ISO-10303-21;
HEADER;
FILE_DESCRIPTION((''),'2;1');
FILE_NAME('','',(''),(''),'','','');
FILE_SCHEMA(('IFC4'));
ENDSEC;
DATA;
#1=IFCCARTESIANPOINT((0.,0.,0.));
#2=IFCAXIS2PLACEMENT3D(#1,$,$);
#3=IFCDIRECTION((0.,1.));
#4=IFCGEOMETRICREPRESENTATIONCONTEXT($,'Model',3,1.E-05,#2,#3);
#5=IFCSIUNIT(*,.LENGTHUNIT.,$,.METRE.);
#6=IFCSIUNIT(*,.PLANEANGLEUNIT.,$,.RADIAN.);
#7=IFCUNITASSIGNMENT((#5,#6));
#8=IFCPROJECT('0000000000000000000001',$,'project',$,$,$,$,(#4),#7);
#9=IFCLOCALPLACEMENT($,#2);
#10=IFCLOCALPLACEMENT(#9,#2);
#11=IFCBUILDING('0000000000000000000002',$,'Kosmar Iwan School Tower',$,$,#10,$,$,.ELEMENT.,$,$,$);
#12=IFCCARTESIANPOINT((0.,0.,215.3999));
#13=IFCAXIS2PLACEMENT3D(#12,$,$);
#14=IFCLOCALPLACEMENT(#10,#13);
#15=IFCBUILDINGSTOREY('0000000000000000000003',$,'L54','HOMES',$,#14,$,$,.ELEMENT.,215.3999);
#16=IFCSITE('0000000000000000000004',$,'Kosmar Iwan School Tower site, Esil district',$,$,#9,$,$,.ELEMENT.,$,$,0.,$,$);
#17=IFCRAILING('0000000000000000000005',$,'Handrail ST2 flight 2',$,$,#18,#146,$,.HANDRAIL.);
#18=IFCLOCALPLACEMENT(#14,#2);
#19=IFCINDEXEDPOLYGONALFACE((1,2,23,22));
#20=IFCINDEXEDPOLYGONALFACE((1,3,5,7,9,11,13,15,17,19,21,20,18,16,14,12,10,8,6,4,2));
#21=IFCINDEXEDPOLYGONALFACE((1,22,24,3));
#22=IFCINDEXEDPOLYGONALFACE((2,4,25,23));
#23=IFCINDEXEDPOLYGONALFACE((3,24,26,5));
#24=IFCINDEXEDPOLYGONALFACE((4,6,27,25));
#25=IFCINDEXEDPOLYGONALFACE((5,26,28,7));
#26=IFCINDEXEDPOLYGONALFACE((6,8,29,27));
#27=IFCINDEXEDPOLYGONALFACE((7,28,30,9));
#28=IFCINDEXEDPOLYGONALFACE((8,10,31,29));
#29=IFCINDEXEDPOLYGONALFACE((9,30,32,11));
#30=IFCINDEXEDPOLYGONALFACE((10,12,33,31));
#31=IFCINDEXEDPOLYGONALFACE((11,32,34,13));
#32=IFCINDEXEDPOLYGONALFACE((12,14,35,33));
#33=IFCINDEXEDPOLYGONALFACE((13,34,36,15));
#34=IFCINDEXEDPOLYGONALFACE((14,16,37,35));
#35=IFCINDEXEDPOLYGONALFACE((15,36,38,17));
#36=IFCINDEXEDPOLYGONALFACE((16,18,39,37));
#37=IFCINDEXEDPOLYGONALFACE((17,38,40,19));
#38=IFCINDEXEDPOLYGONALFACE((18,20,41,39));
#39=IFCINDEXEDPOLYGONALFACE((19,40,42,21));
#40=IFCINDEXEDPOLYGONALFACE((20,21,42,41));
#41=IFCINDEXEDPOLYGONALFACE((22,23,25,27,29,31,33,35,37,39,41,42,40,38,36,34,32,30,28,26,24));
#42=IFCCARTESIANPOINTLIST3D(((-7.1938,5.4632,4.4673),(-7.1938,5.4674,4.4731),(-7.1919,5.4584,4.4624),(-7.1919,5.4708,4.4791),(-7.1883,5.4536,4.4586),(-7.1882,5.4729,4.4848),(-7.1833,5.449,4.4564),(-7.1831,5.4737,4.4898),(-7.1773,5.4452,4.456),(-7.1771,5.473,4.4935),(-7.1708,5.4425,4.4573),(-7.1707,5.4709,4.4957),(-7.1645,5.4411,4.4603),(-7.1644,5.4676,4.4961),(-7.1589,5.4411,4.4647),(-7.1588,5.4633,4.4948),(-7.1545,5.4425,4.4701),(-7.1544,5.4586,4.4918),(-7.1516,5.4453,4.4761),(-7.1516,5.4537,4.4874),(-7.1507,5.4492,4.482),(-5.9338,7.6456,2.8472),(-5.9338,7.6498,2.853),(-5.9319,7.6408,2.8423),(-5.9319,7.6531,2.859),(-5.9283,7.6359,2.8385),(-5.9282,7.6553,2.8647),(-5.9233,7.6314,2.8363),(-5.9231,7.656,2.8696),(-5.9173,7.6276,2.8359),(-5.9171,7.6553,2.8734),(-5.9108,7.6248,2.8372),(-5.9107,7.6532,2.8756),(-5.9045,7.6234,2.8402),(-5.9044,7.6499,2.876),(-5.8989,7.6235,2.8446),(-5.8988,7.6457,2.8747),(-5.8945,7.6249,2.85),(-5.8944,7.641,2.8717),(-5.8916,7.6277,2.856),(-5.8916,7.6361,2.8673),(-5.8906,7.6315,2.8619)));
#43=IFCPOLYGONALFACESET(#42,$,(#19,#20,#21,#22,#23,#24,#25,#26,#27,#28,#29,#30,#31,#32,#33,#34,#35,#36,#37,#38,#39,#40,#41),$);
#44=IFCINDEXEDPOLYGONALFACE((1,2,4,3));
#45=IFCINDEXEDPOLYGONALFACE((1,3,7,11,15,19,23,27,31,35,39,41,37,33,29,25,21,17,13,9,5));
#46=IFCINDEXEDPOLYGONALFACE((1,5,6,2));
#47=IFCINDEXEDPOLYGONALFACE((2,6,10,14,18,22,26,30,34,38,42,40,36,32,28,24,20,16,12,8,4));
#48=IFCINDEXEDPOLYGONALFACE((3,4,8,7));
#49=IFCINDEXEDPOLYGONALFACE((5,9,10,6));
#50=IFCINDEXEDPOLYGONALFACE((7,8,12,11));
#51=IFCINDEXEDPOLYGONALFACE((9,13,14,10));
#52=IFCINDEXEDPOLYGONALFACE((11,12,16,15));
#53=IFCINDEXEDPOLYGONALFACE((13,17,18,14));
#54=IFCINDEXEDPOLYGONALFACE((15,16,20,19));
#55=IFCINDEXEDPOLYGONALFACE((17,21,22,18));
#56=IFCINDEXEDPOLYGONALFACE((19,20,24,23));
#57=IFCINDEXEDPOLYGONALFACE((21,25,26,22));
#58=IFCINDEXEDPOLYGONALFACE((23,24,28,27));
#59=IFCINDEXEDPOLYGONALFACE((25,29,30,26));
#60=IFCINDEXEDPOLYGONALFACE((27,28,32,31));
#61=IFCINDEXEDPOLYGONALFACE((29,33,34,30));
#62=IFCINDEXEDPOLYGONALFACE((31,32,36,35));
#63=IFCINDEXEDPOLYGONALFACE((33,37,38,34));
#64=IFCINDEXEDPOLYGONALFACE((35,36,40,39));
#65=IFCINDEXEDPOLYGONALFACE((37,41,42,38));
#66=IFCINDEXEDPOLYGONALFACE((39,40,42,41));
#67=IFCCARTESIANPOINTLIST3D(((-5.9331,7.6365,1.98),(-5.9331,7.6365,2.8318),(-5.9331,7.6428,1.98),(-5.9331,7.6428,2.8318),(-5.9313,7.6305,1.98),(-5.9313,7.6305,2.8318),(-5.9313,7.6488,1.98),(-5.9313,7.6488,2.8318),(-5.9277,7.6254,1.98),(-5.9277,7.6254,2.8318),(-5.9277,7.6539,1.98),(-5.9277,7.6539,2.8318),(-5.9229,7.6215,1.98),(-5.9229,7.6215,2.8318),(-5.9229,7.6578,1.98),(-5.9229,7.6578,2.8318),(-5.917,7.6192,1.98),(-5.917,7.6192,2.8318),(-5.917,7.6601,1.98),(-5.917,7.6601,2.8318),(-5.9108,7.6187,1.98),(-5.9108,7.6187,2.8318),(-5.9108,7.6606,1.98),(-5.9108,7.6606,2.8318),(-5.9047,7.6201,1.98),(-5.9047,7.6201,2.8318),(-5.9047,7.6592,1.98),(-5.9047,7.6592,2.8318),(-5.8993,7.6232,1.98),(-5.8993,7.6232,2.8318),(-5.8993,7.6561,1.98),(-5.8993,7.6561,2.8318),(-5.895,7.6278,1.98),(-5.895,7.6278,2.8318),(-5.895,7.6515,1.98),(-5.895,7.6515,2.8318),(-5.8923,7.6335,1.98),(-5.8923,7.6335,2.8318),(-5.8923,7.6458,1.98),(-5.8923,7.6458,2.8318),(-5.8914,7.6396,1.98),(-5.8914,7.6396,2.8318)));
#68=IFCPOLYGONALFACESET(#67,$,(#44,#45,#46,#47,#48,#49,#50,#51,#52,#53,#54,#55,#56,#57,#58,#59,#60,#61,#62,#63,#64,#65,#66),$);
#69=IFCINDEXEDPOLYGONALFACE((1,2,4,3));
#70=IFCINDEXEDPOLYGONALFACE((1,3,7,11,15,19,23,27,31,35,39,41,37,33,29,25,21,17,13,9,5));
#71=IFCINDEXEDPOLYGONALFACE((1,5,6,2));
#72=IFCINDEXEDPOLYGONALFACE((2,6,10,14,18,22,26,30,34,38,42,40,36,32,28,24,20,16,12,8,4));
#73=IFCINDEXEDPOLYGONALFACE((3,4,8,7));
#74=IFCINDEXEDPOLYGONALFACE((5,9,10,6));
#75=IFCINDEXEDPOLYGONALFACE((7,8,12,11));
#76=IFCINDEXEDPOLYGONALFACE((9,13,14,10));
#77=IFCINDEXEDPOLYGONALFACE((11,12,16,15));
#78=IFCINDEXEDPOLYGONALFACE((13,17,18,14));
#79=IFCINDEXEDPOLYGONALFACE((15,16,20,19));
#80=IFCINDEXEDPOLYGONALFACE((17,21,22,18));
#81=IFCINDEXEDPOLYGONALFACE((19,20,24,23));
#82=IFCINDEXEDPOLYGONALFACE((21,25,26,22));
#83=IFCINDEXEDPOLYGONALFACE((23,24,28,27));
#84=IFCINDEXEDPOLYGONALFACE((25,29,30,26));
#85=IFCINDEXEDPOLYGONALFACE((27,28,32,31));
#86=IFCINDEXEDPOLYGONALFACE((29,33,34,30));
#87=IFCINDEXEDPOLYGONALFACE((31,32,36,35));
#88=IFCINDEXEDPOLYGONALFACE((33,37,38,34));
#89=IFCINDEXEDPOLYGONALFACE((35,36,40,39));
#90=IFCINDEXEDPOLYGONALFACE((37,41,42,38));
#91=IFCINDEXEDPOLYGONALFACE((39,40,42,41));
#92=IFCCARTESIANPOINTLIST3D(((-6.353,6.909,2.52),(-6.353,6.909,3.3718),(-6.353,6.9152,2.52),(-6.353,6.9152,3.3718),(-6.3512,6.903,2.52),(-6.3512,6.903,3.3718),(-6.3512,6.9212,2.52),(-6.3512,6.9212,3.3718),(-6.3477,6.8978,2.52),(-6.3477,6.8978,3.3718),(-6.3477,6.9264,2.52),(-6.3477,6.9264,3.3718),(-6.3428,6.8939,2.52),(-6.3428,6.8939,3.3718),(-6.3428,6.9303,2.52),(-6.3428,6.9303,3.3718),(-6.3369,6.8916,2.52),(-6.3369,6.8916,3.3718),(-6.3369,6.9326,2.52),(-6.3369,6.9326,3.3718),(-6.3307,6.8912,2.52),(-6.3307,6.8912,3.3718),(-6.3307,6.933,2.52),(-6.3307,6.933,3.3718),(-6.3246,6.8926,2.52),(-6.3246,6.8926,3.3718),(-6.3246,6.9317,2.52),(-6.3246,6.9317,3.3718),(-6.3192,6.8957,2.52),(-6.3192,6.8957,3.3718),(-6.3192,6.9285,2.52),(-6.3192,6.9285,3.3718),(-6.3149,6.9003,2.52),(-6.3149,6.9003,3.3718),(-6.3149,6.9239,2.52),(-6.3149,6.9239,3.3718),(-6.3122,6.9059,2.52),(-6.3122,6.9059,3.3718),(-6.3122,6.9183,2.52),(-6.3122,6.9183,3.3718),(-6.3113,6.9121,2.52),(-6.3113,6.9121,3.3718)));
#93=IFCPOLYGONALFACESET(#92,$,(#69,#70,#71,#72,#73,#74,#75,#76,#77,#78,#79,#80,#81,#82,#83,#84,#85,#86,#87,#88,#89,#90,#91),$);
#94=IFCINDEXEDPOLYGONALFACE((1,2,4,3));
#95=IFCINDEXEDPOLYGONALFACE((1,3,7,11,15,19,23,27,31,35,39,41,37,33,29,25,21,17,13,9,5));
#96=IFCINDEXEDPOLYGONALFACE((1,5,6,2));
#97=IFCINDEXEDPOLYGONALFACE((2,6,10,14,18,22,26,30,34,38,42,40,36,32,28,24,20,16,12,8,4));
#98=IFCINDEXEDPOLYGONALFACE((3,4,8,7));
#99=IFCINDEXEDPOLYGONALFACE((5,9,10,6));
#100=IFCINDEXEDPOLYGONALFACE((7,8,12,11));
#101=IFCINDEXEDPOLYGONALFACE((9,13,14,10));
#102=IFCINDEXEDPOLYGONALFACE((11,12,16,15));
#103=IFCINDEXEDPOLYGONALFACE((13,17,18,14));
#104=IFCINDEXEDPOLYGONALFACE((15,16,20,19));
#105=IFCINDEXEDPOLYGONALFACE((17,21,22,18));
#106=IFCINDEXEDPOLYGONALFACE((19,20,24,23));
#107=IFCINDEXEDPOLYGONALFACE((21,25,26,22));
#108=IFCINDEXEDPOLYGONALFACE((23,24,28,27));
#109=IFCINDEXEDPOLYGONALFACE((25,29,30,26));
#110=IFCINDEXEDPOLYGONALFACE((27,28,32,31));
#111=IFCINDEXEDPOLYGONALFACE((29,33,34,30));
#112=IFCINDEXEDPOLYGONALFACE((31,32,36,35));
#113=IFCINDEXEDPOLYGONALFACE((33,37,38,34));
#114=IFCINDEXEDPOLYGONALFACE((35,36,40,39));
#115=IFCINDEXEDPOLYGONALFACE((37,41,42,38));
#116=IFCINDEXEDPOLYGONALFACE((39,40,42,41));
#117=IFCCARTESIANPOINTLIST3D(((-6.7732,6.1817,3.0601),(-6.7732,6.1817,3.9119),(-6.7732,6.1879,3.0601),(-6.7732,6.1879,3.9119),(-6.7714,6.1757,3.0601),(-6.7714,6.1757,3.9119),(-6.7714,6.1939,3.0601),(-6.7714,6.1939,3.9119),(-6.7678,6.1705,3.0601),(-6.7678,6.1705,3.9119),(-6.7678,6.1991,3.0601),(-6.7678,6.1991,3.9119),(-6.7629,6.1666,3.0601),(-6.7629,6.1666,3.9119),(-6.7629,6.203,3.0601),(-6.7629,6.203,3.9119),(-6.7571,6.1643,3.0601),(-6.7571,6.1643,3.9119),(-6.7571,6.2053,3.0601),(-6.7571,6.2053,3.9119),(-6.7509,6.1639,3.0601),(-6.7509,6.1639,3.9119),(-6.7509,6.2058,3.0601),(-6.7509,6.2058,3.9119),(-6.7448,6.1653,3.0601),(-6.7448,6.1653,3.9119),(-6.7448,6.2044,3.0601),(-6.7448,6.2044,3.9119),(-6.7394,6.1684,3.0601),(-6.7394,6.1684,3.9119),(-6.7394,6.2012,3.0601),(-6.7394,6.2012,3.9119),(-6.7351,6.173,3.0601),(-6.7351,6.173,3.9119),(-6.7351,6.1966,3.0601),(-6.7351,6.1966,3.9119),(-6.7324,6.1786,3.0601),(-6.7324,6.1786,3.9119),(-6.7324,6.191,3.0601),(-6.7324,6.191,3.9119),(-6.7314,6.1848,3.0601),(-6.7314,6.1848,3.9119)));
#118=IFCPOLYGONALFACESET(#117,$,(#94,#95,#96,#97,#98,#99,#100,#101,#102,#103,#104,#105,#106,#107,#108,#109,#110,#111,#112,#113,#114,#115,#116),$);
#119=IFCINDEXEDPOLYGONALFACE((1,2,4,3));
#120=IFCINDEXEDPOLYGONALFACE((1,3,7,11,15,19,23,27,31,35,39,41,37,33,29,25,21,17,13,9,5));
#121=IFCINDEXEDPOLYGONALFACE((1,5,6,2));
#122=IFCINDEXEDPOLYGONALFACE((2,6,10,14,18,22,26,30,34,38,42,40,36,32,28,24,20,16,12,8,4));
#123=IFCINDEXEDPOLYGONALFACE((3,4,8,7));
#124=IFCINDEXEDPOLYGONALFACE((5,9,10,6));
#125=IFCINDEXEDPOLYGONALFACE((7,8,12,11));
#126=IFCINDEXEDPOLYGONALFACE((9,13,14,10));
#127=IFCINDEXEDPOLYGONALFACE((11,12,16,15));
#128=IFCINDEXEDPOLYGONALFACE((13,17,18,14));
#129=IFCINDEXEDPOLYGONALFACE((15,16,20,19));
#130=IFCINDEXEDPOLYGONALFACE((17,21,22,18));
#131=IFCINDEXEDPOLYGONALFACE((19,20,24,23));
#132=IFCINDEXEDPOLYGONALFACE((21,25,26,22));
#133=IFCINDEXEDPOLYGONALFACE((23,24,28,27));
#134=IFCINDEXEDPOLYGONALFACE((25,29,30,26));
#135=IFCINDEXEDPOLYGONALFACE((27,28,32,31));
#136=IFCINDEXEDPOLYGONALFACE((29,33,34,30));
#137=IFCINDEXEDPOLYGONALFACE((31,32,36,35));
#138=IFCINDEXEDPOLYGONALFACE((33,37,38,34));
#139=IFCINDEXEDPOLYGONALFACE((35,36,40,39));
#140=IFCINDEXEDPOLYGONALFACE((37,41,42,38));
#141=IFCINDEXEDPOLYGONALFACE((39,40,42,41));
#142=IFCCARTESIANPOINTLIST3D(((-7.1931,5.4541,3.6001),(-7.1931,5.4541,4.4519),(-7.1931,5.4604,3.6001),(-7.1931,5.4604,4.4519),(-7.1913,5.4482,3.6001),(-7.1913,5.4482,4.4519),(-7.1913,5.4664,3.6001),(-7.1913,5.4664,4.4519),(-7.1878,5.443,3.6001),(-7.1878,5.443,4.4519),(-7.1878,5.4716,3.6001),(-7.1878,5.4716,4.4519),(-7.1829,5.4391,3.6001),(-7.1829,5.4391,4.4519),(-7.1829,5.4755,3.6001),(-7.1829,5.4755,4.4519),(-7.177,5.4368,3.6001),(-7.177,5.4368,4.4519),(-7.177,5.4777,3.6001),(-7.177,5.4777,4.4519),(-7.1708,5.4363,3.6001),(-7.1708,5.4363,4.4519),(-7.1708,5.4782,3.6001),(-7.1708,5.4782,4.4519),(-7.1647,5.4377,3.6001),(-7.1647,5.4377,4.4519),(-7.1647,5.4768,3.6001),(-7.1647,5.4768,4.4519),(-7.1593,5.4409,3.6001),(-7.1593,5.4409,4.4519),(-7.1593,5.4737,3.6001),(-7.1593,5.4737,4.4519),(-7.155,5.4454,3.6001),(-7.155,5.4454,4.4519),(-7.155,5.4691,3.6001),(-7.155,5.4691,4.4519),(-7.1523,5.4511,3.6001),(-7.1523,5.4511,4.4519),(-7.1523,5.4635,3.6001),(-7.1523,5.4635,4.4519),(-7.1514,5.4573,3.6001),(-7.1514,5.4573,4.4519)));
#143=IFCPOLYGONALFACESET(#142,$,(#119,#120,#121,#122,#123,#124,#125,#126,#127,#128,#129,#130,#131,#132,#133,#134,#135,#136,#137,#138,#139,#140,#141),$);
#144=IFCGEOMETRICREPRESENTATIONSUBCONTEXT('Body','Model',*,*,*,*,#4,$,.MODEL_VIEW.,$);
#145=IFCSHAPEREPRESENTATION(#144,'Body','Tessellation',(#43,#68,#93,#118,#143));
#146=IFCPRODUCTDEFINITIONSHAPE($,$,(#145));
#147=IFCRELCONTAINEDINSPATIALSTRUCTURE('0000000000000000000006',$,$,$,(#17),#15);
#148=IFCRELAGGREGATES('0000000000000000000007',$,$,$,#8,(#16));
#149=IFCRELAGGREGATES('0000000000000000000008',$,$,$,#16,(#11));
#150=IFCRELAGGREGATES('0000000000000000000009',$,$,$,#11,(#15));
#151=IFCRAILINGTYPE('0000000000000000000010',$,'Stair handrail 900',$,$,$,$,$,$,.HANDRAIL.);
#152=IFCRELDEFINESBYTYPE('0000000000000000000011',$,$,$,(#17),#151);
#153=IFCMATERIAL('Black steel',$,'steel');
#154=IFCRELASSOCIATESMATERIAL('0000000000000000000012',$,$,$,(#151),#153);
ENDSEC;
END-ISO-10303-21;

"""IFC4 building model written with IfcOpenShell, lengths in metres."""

from ifc_helpers import new_model, si_unit, direction, frame, origin, origin_2d, place, context, subcontext, project, spatial, circle, extrude, material, type_object, element, save


model = new_model("IFC4")

# Units and contexts
model_context = context("Model", 3, precision=1e-05, world=origin(), true_north=direction((0.0, 1.0)))
body_context = subcontext(model_context, "Body", "Model", "MODEL_VIEW")
ifc_project = project(units=[si_unit("LENGTHUNIT", "METRE"), si_unit("PLANEANGLEUNIT", "RADIAN")], contexts=[model_context])

# Site, building, storey
site_placement = place(None, origin())
site = spatial("IfcSite", under=ifc_project, at=site_placement, Name="Kosmar Iwan School Tower site, Esil district", CompositionType="ELEMENT", RefElevation=0.0)
building_placement = place(site_placement, origin())
building = spatial("IfcBuilding", under=site, at=building_placement, Name="Kosmar Iwan School Tower", CompositionType="ELEMENT")
storey_placement = place(building_placement, frame((0.0, 0.0, 215.3999)))
storey = spatial("IfcBuildingStorey", under=building, at=storey_placement, Name="L54", Description="HOMES", CompositionType="ELEMENT", Elevation=215.3999)

# Railing
ifc_material_1 = material(Name="Black steel", Category="steel")
railing_type = type_object("IfcRailingType", Name="Stair handrail 900", PredefinedType="HANDRAIL", material=ifc_material_1)
railing_1_placement = place(storey_placement, frame((-5.9124, 7.6396, 1.98)))
element("IfcRailing", 1, at=railing_1_placement, inside=storey, type_object=railing_type, Name="Handrail ST2 flight 2", PredefinedType="HANDRAIL", context=body_context, shape_type="SweptSolid", body=[
    extrude(circle(Radius=0.0239, at=origin_2d()), frame((0.0, 0.0, 0.876), z_axis=(-0.420584, -0.728464, 0.540786), x_axis=(0.866023, -0.500005, 0.0)), (0.0, 0.0, 1.0), 2.9958),
    extrude(circle(Radius=0.021, at=origin_2d()), origin(), (0.0, 0.0, 1.0), 0.8518),
    extrude(circle(Radius=0.021, at=origin_2d()), frame((-0.4199, -0.7275, 0.54)), (0.0, 0.0, 1.0), 0.8518),
    extrude(circle(Radius=0.021, at=origin_2d()), frame((-0.8401, -1.4548, 1.0801)), (0.0, 0.0, 1.0), 0.8518),
    extrude(circle(Radius=0.021, at=origin_2d()), frame((-1.26, -2.1824, 1.6201)), (0.0, 0.0, 1.0), 0.8518),
])

save(model, "model.ifc")
